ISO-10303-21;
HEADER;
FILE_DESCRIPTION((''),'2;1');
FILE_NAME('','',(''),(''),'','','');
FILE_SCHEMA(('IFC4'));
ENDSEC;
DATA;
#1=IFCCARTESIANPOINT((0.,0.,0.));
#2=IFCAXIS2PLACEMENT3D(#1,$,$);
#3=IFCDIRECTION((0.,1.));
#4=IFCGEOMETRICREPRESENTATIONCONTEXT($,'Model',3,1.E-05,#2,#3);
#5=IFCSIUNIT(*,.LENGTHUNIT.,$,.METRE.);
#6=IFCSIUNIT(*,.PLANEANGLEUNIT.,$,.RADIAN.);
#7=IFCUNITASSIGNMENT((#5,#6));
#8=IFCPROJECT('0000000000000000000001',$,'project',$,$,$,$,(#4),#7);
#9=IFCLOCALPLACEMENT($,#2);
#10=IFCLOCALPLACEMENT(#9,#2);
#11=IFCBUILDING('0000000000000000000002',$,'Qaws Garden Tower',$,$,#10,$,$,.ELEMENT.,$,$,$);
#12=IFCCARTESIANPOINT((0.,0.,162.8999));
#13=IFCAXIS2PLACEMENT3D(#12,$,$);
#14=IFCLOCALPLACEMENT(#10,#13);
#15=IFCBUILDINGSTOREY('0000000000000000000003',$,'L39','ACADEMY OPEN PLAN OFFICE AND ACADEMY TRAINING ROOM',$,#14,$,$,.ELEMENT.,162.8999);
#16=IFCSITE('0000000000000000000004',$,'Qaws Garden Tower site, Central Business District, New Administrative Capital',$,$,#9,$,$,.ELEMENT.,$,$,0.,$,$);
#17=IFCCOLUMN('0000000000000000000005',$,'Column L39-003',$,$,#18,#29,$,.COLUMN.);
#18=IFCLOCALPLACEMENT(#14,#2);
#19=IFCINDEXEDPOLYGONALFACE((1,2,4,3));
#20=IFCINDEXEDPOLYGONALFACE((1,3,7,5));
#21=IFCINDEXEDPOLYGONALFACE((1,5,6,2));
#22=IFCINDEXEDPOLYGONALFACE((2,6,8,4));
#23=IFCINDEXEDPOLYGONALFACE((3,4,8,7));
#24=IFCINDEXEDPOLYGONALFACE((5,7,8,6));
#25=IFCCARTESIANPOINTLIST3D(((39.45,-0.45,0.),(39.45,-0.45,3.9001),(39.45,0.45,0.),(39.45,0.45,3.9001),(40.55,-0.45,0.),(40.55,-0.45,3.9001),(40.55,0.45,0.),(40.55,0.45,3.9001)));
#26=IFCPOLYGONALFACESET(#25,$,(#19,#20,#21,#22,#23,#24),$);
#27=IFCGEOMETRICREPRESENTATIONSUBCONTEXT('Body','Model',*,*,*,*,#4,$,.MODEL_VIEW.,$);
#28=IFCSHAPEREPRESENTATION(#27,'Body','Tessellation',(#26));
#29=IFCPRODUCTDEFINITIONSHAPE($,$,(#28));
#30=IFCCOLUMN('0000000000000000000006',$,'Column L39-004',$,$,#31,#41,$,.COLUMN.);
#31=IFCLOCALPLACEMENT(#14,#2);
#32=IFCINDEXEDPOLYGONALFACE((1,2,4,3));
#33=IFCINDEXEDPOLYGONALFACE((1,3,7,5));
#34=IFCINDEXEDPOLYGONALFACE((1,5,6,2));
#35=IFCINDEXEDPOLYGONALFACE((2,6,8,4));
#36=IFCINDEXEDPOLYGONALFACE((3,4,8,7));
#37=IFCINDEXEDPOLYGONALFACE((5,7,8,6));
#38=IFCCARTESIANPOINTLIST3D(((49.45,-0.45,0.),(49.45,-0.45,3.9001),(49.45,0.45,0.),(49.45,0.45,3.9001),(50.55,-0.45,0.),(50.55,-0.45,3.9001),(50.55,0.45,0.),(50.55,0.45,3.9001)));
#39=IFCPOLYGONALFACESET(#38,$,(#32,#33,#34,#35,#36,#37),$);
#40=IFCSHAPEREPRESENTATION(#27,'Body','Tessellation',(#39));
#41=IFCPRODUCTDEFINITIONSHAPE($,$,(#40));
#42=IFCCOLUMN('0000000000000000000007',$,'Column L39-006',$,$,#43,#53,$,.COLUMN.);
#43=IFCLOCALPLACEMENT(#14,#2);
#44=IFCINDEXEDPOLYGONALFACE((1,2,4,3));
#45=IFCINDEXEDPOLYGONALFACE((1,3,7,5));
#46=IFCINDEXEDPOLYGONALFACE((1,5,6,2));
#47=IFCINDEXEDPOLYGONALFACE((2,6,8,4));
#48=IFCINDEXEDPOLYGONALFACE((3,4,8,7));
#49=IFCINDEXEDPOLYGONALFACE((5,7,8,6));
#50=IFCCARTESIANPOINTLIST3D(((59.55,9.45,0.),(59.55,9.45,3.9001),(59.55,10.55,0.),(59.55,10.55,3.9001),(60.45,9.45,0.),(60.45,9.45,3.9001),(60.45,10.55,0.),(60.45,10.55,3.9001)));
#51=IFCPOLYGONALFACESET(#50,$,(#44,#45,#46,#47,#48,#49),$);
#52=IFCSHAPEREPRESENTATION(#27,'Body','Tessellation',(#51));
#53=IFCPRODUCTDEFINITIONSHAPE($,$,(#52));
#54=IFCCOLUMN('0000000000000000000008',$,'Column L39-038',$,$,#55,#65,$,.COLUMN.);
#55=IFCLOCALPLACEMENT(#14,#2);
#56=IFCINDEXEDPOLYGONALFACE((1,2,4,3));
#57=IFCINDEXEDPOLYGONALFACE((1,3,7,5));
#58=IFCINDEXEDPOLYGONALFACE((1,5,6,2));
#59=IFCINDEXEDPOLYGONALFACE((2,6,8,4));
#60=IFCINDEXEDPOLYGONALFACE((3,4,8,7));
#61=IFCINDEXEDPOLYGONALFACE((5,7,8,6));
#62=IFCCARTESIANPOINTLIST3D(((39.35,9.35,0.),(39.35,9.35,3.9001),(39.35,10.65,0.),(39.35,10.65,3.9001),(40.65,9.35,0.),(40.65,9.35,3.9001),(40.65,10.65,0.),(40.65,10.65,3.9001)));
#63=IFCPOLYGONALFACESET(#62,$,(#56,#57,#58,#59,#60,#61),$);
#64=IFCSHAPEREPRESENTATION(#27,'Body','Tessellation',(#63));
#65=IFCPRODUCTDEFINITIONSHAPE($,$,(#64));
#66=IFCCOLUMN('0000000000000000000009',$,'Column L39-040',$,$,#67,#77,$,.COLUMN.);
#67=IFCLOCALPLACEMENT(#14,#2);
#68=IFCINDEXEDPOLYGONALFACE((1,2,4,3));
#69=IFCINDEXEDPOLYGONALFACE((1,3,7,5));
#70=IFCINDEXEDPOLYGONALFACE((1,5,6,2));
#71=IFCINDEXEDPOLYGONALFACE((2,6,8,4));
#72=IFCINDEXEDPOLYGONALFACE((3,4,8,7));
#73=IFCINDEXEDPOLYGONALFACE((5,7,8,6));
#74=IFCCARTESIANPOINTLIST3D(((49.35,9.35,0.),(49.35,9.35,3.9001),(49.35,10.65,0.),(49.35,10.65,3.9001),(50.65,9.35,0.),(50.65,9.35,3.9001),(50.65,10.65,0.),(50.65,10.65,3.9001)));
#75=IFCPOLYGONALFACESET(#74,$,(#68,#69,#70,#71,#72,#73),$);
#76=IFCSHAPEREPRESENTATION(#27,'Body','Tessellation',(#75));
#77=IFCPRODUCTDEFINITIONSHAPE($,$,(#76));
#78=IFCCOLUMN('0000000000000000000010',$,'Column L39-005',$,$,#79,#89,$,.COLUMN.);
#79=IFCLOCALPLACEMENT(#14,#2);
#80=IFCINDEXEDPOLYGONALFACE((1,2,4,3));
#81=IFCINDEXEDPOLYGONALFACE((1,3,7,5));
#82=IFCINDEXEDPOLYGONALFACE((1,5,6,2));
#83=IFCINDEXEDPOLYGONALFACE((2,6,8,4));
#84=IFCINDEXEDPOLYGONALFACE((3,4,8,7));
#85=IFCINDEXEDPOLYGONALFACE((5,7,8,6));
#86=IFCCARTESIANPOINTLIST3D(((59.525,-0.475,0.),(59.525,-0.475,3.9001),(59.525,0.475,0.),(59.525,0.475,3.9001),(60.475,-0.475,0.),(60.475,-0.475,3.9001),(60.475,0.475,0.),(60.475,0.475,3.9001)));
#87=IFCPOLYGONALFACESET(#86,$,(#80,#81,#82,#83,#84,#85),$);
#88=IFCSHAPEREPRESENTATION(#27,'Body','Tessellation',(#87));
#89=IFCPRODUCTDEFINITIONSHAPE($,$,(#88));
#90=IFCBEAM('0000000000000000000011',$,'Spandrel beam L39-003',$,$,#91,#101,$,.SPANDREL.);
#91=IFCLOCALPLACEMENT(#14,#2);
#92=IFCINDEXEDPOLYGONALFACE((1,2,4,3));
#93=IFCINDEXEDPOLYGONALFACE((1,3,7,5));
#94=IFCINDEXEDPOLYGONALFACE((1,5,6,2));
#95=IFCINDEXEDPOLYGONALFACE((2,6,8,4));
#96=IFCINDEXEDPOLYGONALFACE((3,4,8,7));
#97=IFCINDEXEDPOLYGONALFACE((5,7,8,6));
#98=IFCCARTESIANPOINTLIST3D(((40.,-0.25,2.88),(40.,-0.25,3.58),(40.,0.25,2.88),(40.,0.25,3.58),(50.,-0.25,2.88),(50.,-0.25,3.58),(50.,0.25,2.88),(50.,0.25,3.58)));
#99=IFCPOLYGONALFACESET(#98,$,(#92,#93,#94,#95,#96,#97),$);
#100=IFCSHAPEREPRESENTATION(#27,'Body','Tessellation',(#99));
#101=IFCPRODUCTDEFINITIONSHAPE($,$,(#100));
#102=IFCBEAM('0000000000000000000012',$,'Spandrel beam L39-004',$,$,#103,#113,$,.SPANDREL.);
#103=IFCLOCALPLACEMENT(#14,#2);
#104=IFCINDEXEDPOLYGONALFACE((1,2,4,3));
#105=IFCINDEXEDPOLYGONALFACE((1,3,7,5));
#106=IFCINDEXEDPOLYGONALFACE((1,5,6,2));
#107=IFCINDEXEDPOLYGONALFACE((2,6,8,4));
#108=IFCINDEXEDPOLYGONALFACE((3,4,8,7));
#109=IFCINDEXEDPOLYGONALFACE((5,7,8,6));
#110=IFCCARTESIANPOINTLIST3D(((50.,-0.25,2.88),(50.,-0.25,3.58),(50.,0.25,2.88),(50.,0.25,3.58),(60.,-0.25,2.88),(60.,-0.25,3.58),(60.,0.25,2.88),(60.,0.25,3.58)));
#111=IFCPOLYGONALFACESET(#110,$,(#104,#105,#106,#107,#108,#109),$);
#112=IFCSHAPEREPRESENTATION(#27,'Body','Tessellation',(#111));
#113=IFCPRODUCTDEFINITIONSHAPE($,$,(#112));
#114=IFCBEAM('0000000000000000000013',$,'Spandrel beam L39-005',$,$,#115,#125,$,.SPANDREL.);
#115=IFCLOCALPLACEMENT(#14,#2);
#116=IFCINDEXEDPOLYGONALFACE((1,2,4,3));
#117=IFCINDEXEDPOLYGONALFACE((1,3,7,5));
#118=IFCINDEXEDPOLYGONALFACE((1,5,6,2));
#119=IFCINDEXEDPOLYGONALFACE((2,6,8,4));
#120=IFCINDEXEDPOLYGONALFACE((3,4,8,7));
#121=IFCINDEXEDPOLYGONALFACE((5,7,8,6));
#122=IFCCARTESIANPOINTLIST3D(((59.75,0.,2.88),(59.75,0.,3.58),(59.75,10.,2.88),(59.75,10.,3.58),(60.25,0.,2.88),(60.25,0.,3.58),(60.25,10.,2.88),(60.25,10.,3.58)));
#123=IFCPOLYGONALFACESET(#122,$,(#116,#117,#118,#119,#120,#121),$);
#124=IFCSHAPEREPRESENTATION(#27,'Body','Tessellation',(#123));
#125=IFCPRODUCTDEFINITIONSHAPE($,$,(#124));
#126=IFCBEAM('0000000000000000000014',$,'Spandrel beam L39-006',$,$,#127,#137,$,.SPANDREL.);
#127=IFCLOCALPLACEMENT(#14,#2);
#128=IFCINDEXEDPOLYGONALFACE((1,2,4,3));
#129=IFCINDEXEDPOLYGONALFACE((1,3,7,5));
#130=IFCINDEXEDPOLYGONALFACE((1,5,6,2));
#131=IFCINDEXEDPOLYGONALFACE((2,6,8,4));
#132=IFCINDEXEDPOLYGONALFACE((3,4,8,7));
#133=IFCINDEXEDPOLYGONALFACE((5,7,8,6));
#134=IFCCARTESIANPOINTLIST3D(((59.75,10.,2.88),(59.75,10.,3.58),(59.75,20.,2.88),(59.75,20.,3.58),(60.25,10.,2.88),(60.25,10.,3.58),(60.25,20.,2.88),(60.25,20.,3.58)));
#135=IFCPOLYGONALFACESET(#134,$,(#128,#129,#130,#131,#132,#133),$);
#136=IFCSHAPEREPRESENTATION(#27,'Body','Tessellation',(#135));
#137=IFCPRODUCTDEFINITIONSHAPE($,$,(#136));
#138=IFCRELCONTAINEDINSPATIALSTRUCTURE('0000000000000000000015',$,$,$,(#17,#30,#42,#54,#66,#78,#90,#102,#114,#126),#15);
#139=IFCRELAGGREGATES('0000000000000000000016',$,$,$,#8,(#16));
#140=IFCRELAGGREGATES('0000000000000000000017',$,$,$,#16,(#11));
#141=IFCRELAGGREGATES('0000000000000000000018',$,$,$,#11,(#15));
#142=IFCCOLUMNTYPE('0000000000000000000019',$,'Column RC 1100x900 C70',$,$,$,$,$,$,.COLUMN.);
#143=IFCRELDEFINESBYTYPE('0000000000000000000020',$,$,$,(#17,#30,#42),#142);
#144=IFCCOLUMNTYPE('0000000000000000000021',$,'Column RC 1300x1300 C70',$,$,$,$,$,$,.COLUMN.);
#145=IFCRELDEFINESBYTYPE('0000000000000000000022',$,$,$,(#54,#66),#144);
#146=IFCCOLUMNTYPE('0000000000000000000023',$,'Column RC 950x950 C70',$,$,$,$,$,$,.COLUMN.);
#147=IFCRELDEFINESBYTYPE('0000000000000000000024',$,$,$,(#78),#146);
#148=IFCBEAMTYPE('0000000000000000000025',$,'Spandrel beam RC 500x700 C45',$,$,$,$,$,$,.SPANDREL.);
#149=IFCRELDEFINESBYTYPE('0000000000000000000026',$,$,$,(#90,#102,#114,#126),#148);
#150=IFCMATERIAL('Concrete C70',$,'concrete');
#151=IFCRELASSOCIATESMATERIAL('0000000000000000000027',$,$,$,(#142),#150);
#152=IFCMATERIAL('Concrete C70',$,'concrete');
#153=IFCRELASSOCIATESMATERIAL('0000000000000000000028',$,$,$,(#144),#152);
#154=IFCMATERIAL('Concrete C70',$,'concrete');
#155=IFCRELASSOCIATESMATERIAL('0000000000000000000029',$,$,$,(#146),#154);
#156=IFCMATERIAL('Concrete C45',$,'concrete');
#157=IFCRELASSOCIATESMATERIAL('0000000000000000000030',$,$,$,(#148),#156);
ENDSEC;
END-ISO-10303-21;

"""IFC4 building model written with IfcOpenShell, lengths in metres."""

from ifc_helpers import new_model, si_unit, direction, frame, origin, origin_2d, place, context, subcontext, project, spatial, rectangle, extrude, material, material_profile, profile_set, type_object, element, save


model = new_model("IFC4")

# Units and contexts
model_context = context("Model", 3, precision=1e-05, world=origin(), true_north=direction((0.0, 1.0)))
body_context = subcontext(model_context, "Body", "Model", "MODEL_VIEW")
ifc_project = project(units=[si_unit("LENGTHUNIT", "METRE"), si_unit("PLANEANGLEUNIT", "RADIAN")], contexts=[model_context])

# Site, building, storey
site_placement = place(None, origin())
site = spatial("IfcSite", under=ifc_project, at=site_placement, Name="Qaws Garden Tower site, Central Business District, New Administrative Capital", CompositionType="ELEMENT", RefElevation=0.0)
building_placement = place(site_placement, origin())
building = spatial("IfcBuilding", under=site, at=building_placement, Name="Qaws Garden Tower", CompositionType="ELEMENT")
storey_placement = place(building_placement, frame((0.0, 0.0, 162.8999)))
storey = spatial("IfcBuildingStorey", under=building, at=storey_placement, Name="L39", Description="ACADEMY OPEN PLAN OFFICE AND ACADEMY TRAINING ROOM", CompositionType="ELEMENT", Elevation=162.8999)

# Columns
ifc_material_1 = material(Name="Concrete C70", Category="concrete")
ifc_material_profile_1 = material_profile(ifc_material_1, rectangle(XDim=1.1001, YDim=0.8999, at=origin_2d()), Name="RC 1100x900")
ifc_profile_set_1 = profile_set([ifc_material_profile_1], Name="Concrete C70")
column_type_1 = type_object("IfcColumnType", Name="Column RC 1100x900 C70", PredefinedType="COLUMN", material=ifc_profile_set_1)
for number, where, z_axis, x_axis, name in (
    (1, (40.0, 0.0, 0.0), (0.0, 0.0, 1.0), (1.0, 0.0, 0.0), "Column L39-003"),
    (2, (50.0, 0.0, 0.0), (0.0, 0.0, 1.0), (1.0, 0.0, 0.0), "Column L39-004"),
    (3, (60.0, 10.0, 0.0), (0.0, 0.0, 1.0), (0.0, 1.0, 0.0), "Column L39-006"),
):
    element("IfcColumn", number, at=place(storey_placement, frame(where, z_axis=z_axis, x_axis=x_axis)), inside=storey, type_object=column_type_1, Name=name, PredefinedType="COLUMN", context=body_context, shape_type="SweptSolid", body=[
        extrude(rectangle(XDim=1.1001, YDim=0.8999, at=origin_2d()), origin(), (0.0, 0.0, 1.0), 3.9001),
    ])
ifc_material_2 = material(Name="Concrete C70", Category="concrete")
ifc_material_profile_2 = material_profile(ifc_material_2, rectangle(XDim=1.3, YDim=1.3, at=origin_2d()), Name="RC 1300x1300")
ifc_profile_set_2 = profile_set([ifc_material_profile_2], Name="Concrete C70")
column_type_2 = type_object("IfcColumnType", Name="Column RC 1300x1300 C70", PredefinedType="COLUMN", material=ifc_profile_set_2)
for number, where, z_axis, x_axis, name in (
    (4, (40.0, 10.0, 0.0), (0.0, 0.0, 1.0), (1.0, 0.0, 0.0), "Column L39-038"),
    (5, (50.0, 10.0, 0.0), (0.0, 0.0, 1.0), (1.0, 0.0, 0.0), "Column L39-040"),
):
    element("IfcColumn", number, at=place(storey_placement, frame(where, z_axis=z_axis, x_axis=x_axis)), inside=storey, type_object=column_type_2, Name=name, PredefinedType="COLUMN", context=body_context, shape_type="SweptSolid", body=[
        extrude(rectangle(XDim=1.3, YDim=1.3, at=origin_2d()), origin(), (0.0, 0.0, 1.0), 3.9001),
    ])
ifc_material_3 = material(Name="Concrete C70", Category="concrete")
ifc_material_profile_3 = material_profile(ifc_material_3, rectangle(XDim=0.95, YDim=0.95, at=origin_2d()), Name="RC 950x950")
ifc_profile_set_3 = profile_set([ifc_material_profile_3], Name="Concrete C70")
column_type_3 = type_object("IfcColumnType", Name="Column RC 950x950 C70", PredefinedType="COLUMN", material=ifc_profile_set_3)
column_placement = place(storey_placement, frame((60.0, 0.0, 0.0), z_axis=(0.0, 0.0, 1.0), x_axis=(1.0, 0.0, 0.0)))
element("IfcColumn", 6, at=column_placement, inside=storey, type_object=column_type_3, Name="Column L39-005", PredefinedType="COLUMN", context=body_context, shape_type="SweptSolid", body=[
    extrude(rectangle(XDim=0.95, YDim=0.95, at=origin_2d()), origin(), (0.0, 0.0, 1.0), 3.9001),
])

# Beams
ifc_material_4 = material(Name="Concrete C45", Category="concrete")
ifc_material_profile_4 = material_profile(ifc_material_4, rectangle(XDim=0.5, YDim=0.7, at=origin_2d()), Name="RC 500x700")
ifc_profile_set_4 = profile_set([ifc_material_profile_4], Name="Concrete C45")
beam_type = type_object("IfcBeamType", Name="Spandrel beam RC 500x700 C45", PredefinedType="SPANDREL", material=ifc_profile_set_4)
for number, where, z_axis, x_axis, name in (
    (7, (40.0, 0.0, 3.23), (1.0, 0.0, 0.0), (0.0, 1.0, 0.0), "Spandrel beam L39-003"),
    (8, (50.0, 0.0, 3.23), (1.0, 0.0, 0.0), (0.0, 1.0, 0.0), "Spandrel beam L39-004"),
    (9, (60.0, 0.0, 3.23), (0.0, 1.0, 0.0), (-1.0, 0.0, 0.0), "Spandrel beam L39-005"),
    (10, (60.0, 10.0, 3.23), (0.0, 1.0, 0.0), (-1.0, 0.0, 0.0), "Spandrel beam L39-006"),
):
    element("IfcBeam", number, at=place(storey_placement, frame(where, z_axis=z_axis, x_axis=x_axis)), inside=storey, type_object=beam_type, Name=name, PredefinedType="SPANDREL", context=body_context, shape_type="SweptSolid", body=[
        extrude(rectangle(XDim=0.5, YDim=0.7, at=origin_2d()), origin(), (0.0, 0.0, 1.0), 10.0),
    ])

save(model, "model.ifc")
